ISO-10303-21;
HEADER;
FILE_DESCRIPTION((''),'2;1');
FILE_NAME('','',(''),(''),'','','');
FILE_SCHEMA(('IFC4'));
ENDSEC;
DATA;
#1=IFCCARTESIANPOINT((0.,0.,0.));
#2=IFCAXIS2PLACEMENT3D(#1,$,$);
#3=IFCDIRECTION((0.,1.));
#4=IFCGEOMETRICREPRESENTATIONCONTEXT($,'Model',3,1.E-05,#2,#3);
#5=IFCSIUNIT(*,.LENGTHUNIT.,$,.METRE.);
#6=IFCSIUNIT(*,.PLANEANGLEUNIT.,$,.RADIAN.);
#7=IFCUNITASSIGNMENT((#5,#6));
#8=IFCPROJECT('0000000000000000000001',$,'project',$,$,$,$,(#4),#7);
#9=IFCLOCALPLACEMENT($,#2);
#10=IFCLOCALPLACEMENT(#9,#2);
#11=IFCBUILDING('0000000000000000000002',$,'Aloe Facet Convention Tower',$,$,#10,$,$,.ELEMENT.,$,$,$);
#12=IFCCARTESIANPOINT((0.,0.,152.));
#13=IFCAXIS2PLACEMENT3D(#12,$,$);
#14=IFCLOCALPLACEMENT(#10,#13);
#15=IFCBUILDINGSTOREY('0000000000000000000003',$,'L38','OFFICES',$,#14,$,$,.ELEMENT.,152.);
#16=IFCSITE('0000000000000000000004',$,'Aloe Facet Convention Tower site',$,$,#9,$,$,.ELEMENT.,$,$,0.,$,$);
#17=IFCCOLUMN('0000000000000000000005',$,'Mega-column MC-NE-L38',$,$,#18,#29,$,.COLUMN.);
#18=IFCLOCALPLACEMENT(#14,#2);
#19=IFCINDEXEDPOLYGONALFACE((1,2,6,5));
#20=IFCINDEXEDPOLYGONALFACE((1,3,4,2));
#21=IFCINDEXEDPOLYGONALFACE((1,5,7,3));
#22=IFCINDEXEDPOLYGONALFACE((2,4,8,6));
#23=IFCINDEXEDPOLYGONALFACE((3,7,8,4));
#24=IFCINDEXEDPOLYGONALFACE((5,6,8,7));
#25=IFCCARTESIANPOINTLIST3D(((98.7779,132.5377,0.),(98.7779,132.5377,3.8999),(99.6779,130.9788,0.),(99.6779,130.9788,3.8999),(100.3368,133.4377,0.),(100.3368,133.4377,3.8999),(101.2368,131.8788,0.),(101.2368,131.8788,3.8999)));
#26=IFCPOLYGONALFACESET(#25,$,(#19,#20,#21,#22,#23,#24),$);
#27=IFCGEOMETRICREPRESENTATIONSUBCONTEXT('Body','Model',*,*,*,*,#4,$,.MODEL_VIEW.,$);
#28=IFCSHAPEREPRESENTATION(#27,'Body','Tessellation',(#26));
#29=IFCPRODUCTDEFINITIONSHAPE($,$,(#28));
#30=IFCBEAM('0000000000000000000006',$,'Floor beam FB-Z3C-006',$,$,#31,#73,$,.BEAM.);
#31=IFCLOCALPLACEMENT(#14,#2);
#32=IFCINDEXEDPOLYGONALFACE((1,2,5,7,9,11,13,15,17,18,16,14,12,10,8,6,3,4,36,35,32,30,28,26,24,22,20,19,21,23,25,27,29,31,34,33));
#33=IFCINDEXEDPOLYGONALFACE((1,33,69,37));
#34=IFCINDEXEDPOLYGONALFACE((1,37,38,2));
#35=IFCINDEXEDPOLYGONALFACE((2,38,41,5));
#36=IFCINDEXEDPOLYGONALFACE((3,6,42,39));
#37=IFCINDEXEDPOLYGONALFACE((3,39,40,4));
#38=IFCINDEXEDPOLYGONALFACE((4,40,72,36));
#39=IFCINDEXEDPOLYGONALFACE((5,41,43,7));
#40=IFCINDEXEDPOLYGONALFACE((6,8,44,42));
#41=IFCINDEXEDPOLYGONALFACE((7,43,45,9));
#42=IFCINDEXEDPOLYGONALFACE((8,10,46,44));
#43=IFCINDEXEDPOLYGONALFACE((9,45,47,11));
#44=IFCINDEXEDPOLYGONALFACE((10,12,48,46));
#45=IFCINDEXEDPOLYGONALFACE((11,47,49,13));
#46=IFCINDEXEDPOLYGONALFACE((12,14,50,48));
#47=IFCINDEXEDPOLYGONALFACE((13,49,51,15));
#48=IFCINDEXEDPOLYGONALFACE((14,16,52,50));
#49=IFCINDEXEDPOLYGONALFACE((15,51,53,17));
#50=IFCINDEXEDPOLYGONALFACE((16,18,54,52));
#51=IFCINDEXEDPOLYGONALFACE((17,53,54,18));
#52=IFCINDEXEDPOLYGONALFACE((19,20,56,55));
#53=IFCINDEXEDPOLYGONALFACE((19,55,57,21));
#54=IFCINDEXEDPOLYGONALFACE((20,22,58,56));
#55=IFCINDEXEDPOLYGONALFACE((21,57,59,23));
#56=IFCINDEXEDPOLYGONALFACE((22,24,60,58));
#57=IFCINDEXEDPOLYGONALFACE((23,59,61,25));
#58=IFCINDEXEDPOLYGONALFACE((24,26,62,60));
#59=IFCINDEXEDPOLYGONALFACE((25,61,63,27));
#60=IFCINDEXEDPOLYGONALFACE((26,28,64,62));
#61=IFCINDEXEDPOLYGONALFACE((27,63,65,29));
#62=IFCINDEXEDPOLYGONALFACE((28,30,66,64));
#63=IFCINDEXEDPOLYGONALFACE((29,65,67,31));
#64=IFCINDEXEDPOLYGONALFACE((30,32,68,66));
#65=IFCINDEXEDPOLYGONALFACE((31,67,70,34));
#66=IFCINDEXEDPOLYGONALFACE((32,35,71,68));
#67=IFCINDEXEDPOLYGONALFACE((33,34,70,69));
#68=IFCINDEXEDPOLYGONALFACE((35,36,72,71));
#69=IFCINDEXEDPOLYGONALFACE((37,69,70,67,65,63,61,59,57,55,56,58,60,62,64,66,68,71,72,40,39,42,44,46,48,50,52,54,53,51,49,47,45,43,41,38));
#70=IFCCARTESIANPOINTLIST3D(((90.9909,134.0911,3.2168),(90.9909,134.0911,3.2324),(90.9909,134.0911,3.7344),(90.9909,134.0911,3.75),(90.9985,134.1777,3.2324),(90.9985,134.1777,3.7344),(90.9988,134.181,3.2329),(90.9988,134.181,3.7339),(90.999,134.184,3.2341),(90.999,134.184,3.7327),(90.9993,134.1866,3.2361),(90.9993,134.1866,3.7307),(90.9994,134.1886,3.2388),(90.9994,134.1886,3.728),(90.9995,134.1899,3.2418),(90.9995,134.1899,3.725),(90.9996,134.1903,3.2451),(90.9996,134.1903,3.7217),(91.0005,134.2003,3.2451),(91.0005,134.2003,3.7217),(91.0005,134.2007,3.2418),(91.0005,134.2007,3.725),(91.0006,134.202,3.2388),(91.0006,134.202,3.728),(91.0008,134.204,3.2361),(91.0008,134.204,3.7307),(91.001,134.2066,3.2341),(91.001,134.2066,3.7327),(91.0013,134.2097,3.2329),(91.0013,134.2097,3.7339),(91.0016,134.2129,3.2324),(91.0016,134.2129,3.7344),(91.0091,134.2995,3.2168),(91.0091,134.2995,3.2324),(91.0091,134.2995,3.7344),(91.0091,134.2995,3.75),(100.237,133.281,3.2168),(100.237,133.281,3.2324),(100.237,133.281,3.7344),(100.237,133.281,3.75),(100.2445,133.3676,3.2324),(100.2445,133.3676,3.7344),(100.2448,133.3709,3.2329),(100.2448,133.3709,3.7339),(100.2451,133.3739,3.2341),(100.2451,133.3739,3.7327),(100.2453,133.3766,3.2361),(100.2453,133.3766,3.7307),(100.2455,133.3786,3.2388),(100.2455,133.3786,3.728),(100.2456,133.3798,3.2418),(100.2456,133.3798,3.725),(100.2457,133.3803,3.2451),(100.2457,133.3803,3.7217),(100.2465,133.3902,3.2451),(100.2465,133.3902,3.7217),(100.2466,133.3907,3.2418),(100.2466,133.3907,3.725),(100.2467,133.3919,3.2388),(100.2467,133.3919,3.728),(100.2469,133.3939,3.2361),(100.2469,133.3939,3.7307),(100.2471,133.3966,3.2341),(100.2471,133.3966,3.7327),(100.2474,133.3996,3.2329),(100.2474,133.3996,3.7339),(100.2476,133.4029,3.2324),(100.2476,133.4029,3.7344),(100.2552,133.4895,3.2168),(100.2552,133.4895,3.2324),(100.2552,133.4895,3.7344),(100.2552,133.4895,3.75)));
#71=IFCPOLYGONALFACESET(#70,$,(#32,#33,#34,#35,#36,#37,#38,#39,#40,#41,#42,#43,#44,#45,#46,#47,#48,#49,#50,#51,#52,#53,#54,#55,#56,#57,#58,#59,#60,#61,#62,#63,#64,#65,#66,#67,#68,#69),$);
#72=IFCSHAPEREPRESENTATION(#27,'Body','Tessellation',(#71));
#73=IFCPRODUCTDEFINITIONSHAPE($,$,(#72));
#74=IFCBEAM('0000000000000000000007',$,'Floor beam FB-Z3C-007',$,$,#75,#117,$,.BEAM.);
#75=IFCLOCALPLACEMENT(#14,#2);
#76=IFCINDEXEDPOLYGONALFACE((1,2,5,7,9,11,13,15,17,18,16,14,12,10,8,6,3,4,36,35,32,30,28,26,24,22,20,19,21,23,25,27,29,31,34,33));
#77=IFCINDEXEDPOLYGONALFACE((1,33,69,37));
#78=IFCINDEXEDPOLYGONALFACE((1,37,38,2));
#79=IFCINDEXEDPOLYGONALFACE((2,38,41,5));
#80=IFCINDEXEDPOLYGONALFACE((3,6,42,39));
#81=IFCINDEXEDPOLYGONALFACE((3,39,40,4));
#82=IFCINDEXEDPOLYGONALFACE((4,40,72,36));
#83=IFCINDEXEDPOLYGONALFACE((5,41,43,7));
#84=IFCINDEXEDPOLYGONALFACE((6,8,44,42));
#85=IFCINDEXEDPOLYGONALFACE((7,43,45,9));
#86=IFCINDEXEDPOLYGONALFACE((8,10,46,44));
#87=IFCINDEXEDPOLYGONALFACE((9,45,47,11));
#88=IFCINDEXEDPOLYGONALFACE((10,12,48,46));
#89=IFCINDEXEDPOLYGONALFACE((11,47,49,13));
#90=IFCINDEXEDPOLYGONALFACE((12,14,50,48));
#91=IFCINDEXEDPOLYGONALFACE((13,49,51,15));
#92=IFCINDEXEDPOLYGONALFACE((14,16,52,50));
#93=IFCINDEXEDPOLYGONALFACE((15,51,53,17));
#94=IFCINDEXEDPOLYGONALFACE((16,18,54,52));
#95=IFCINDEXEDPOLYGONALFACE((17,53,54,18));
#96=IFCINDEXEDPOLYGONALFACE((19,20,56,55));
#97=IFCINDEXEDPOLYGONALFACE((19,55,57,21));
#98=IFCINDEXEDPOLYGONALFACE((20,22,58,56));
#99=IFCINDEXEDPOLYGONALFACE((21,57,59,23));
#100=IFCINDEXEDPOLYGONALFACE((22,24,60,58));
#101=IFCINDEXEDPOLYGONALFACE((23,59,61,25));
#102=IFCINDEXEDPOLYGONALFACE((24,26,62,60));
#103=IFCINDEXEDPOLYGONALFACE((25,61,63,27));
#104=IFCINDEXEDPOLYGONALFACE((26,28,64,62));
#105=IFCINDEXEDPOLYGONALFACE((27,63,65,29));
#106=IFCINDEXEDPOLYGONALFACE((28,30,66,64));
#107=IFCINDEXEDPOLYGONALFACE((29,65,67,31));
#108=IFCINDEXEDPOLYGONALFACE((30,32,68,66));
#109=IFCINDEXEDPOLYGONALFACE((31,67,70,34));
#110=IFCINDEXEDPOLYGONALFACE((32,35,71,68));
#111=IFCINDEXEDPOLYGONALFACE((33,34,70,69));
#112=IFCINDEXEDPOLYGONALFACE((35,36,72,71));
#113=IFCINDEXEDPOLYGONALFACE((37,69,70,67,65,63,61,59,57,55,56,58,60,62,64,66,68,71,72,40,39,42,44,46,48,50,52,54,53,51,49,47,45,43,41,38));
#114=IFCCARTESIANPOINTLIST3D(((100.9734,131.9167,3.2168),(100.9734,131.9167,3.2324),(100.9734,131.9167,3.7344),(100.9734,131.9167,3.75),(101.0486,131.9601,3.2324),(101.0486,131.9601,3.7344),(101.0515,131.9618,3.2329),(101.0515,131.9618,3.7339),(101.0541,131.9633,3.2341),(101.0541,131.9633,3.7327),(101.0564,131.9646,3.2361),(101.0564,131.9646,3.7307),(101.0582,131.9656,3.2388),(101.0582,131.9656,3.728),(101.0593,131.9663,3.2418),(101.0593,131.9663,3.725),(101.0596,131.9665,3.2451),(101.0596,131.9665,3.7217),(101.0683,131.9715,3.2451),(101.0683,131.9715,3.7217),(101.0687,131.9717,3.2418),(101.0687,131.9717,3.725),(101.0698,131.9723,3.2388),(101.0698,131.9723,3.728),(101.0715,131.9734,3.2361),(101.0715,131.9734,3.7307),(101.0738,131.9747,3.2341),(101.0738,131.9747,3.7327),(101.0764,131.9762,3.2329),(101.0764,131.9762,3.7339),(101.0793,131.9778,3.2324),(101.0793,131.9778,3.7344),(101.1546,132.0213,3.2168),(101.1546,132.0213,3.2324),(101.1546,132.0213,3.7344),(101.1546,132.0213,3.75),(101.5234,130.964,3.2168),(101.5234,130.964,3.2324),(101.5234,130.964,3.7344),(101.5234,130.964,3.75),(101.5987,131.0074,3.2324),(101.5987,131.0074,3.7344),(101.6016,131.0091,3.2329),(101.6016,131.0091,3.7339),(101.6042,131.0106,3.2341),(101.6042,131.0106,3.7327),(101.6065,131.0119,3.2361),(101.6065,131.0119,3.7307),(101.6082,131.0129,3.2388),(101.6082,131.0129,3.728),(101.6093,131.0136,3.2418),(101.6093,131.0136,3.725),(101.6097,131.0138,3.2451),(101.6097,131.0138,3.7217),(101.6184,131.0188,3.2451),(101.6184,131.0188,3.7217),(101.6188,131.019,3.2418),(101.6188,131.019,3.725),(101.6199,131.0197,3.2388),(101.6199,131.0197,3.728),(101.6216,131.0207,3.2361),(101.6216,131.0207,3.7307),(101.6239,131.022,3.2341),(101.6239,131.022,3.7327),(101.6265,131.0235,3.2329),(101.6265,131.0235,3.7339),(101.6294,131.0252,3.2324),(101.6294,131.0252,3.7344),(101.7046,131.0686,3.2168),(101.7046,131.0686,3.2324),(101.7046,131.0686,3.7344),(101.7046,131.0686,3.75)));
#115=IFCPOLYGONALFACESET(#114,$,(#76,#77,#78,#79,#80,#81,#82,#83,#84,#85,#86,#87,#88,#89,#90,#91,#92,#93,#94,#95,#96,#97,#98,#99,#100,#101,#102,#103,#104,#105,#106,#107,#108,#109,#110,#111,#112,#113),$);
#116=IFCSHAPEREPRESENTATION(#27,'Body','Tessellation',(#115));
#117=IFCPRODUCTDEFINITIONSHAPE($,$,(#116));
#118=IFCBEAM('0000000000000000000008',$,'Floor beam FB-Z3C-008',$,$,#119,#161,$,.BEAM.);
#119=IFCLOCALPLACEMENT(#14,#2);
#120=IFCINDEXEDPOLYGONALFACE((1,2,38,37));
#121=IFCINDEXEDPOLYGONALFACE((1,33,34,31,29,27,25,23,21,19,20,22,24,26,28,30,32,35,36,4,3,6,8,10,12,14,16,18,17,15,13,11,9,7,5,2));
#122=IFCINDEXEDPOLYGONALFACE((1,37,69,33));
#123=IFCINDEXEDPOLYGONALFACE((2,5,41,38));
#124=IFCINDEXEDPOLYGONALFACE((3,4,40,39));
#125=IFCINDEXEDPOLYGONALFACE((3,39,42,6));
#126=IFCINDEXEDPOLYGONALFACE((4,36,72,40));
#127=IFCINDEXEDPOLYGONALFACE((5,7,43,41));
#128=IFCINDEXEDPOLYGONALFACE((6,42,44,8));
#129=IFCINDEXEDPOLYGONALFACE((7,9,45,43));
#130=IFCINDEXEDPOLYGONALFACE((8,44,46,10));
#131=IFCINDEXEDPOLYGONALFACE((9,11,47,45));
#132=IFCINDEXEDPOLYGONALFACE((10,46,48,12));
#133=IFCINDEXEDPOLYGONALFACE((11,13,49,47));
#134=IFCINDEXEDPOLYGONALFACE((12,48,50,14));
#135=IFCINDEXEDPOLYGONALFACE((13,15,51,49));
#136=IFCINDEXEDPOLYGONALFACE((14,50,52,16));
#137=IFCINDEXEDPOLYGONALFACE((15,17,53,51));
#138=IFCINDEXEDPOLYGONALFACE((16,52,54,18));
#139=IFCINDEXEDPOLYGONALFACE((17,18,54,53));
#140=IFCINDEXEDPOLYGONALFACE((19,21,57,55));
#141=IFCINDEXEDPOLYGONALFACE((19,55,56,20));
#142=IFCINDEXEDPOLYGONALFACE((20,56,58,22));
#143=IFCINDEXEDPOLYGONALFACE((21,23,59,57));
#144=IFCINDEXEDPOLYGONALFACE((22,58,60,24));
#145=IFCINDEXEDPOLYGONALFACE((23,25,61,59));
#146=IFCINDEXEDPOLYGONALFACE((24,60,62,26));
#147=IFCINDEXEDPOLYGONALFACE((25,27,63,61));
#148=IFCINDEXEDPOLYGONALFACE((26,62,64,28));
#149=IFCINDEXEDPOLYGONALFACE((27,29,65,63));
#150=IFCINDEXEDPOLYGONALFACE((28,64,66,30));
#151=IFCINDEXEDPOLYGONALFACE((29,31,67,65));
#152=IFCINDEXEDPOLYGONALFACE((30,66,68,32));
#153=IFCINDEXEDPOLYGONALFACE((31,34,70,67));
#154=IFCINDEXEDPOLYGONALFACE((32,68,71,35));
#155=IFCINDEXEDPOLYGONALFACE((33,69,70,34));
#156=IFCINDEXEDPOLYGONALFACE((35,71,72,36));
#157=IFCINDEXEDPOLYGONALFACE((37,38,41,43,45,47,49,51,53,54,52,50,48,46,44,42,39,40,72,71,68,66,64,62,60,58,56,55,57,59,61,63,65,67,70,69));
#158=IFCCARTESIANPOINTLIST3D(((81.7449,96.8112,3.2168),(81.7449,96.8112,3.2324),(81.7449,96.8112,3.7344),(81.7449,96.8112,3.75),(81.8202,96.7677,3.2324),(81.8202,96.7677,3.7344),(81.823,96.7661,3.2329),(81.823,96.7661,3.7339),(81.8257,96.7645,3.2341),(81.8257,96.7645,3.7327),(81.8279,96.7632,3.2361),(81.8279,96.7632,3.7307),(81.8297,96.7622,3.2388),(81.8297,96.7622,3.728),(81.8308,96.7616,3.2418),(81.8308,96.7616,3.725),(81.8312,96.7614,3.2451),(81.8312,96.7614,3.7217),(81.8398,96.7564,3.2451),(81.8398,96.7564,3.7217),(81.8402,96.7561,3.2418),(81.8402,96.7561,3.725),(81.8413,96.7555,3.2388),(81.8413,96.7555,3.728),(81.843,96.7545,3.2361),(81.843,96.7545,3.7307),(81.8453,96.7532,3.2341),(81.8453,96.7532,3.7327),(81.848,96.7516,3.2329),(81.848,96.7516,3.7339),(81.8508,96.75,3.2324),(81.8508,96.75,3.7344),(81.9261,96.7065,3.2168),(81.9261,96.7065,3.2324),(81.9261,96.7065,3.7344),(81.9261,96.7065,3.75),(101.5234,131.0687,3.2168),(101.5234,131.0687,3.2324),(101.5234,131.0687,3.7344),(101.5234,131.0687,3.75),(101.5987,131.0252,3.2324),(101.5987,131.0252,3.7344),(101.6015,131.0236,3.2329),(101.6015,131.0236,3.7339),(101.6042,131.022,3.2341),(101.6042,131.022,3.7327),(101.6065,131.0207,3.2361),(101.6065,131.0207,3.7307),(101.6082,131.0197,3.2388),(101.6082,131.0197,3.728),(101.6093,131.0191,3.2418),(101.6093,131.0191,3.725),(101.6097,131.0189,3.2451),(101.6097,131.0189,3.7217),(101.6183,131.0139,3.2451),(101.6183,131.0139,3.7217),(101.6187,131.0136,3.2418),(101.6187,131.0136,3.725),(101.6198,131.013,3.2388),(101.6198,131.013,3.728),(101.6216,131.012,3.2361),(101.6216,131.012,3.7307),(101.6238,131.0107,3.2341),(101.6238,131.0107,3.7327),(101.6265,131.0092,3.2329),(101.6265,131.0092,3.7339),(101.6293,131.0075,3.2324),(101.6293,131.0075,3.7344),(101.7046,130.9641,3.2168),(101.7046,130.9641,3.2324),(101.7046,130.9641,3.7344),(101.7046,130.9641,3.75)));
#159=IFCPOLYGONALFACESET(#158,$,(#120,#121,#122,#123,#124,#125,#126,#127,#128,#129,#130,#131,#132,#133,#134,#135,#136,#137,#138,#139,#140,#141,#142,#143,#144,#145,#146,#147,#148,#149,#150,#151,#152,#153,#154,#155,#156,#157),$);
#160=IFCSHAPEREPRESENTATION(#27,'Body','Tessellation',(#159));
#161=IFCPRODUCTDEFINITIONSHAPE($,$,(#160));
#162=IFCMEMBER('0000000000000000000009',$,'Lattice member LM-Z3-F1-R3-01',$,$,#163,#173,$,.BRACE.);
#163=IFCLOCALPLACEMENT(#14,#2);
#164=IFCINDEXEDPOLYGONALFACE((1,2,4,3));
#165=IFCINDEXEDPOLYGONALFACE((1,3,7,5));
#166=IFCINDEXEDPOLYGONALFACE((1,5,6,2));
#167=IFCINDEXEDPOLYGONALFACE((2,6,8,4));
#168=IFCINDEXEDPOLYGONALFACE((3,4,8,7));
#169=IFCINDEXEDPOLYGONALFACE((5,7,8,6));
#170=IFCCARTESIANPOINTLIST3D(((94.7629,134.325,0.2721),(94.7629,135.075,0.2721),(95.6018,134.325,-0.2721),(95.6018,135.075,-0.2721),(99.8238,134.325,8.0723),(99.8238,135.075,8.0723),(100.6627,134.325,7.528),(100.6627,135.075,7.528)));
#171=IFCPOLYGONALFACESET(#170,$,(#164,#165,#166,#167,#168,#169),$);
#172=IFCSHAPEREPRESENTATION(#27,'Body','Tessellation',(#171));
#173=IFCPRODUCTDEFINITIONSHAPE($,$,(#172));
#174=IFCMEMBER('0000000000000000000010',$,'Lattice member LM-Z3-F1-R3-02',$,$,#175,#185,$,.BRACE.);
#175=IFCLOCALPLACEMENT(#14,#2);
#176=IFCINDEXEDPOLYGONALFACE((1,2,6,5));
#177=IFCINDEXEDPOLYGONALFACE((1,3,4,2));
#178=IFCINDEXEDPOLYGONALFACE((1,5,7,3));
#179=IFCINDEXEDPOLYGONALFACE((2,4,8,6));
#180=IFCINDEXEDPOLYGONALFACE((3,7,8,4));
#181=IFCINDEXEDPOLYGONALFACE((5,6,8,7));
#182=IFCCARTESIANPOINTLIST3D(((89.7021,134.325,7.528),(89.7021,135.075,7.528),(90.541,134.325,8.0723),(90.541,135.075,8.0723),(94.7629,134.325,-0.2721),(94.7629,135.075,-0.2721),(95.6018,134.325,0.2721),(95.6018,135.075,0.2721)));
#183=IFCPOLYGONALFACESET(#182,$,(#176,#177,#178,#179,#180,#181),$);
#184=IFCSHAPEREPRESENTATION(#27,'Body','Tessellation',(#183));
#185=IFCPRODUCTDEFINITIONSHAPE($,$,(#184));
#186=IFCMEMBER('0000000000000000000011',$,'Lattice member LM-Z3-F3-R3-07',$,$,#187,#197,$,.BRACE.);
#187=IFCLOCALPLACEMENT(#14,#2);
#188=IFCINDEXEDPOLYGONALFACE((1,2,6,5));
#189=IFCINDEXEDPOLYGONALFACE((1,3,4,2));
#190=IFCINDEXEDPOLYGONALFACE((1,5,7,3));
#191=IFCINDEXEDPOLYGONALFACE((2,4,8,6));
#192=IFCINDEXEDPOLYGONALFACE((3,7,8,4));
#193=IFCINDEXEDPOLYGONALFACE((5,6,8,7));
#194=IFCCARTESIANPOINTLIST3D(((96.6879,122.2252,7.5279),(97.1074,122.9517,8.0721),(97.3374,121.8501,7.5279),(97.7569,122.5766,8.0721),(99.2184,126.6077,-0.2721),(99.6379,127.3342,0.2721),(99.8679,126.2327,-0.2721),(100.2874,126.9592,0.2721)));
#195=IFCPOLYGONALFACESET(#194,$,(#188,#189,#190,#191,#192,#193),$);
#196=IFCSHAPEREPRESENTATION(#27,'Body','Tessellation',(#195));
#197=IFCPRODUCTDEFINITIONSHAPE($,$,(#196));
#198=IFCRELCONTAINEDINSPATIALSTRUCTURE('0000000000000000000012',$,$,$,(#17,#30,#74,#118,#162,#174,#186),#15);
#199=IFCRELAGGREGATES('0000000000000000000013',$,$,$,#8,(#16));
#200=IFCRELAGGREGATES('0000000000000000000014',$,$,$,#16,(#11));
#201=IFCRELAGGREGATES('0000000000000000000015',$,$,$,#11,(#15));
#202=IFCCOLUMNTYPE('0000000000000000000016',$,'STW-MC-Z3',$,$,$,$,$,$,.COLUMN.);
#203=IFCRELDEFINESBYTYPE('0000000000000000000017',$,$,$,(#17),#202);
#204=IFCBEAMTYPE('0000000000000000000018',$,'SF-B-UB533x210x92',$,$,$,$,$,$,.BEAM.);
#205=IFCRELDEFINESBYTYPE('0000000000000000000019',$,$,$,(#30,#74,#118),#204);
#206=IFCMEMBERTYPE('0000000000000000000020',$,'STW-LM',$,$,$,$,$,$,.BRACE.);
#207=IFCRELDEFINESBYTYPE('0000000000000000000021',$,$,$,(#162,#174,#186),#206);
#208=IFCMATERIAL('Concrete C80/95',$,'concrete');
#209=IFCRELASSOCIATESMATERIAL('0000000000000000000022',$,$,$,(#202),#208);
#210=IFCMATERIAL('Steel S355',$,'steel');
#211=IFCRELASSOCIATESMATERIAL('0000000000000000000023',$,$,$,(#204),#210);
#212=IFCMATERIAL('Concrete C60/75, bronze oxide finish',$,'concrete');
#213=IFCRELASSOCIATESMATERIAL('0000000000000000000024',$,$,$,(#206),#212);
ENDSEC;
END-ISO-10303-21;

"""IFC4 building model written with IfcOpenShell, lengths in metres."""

from ifc_helpers import new_model, si_unit, direction, frame, origin, origin_2d, place, context, subcontext, project, spatial, rectangle, i_section, extrude, material, material_profile, profile_set, type_object, element, save


model = new_model("IFC4")

# Units and contexts
model_context = context("Model", 3, precision=1e-05, world=origin(), true_north=direction((0.0, 1.0)))
body_context = subcontext(model_context, "Body", "Model", "MODEL_VIEW")
ifc_project = project(units=[si_unit("LENGTHUNIT", "METRE"), si_unit("PLANEANGLEUNIT", "RADIAN")], contexts=[model_context])

# Site, building, storey
site_placement = place(None, origin())
site = spatial("IfcSite", under=ifc_project, at=site_placement, Name="Aloe Facet Convention Tower site", CompositionType="ELEMENT", RefElevation=0.0)
building_placement = place(site_placement, origin())
building = spatial("IfcBuilding", under=site, at=building_placement, Name="Aloe Facet Convention Tower", CompositionType="ELEMENT")
storey_placement = place(building_placement, frame((0.0, 0.0, 152.0)))
storey = spatial("IfcBuildingStorey", under=building, at=storey_placement, Name="L38", Description="OFFICES", CompositionType="ELEMENT", Elevation=152.0)

# Column
ifc_material_1 = material(Name="Concrete C80/95", Category="concrete")
ifc_material_profile_1 = material_profile(ifc_material_1, rectangle(XDim=1.8, YDim=1.8, at=origin_2d()), Name="STW-MC-Z3")
ifc_profile_set_1 = profile_set([ifc_material_profile_1], Name="Concrete C80/95")
column_type = type_object("IfcColumnType", Name="STW-MC-Z3", PredefinedType="COLUMN", material=ifc_profile_set_1)
column_placement = place(storey_placement, frame((100.0073, 132.2083, 0.0), z_axis=(0.0, 0.0, 1.0), x_axis=(-0.5, 0.866025, 0.0)))
element("IfcColumn", 1, at=column_placement, inside=storey, type_object=column_type, Name="Mega-column MC-NE-L38", PredefinedType="COLUMN", context=body_context, shape_type="SweptSolid", body=[
    extrude(rectangle(XDim=1.8, YDim=1.8, at=origin_2d()), origin(), (0.0, 0.0, 1.0), 3.8999),
])

# Beams
ifc_material_2 = material(Name="Steel S355", Category="steel")
ifc_material_profile_2 = material_profile(ifc_material_2, i_section(OverallWidth=0.2092, OverallDepth=0.5332, WebThickness=0.01, FlangeThickness=0.0156, FilletRadius=0.0127, at=origin_2d()), Name="UB 533x210x92")
ifc_profile_set_2 = profile_set([ifc_material_profile_2], Name="Steel S355")
beam_type = type_object("IfcBeamType", Name="SF-B-UB533x210x92", PredefinedType="BEAM", material=ifc_profile_set_2)
beam_1_placement = place(storey_placement, frame((100.2461, 133.3853, 3.4834), z_axis=(-0.996184, 0.087277, 0.0), x_axis=(-0.087277, -0.996184, 0.0)))
element("IfcBeam", 2, at=beam_1_placement, inside=storey, type_object=beam_type, Name="Floor beam FB-Z3C-006", PredefinedType="BEAM", context=body_context, shape_type="SweptSolid", body=[
    extrude(i_section(OverallWidth=0.2092, OverallDepth=0.5332, WebThickness=0.01, FlangeThickness=0.0156, FilletRadius=0.0127, at=origin_2d()), origin(), (0.0, 0.0, 1.0), 9.2815),
])
beam_2_placement = place(storey_placement, frame((101.064, 131.969, 3.4834), z_axis=(0.50003, -0.866008, 0.0), x_axis=(0.866008, 0.50003, 0.0)))
element("IfcBeam", 3, at=beam_2_placement, inside=storey, type_object=beam_type, Name="Floor beam FB-Z3C-007", PredefinedType="BEAM", context=body_context, shape_type="SweptSolid", body=[
    extrude(i_section(OverallWidth=0.2092, OverallDepth=0.5332, WebThickness=0.01, FlangeThickness=0.0156, FilletRadius=0.0127, at=origin_2d()), origin(), (0.0, 0.0, 1.0), 1.1001),
])
beam_3_placement = place(storey_placement, frame((101.614, 131.0164, 3.4834), z_axis=(-0.499999, -0.866026, 0.0), x_axis=(0.866026, -0.499999, 0.0)))
element("IfcBeam", 4, at=beam_3_placement, inside=storey, type_object=beam_type, Name="Floor beam FB-Z3C-008", PredefinedType="BEAM", context=body_context, shape_type="SweptSolid", body=[
    extrude(i_section(OverallWidth=0.2092, OverallDepth=0.5332, WebThickness=0.01, FlangeThickness=0.0156, FilletRadius=0.0127, at=origin_2d()), origin(), (0.0, 0.0, 1.0), 39.5571),
])

# Members
ifc_material_3 = material(Name="Concrete C60/75, bronze oxide finish", Category="concrete")
ifc_material_profile_3 = material_profile(ifc_material_3, rectangle(XDim=0.75, YDim=1.0, at=origin_2d()), Name="STW-LM")
ifc_profile_set_3 = profile_set([ifc_material_profile_3], Name="Concrete C60/75, bronze oxide finish")
member_type = type_object("IfcMemberType", Name="STW-LM", PredefinedType="BRACE", material=ifc_profile_set_3)
for number, where, z_axis, x_axis, name in (
    (5, (95.1824, 134.7, 0.0), (0.54429, 0.0, 0.838897), (0.0, 1.0, 0.0), "Lattice member LM-Z3-F1-R3-01"),
    (6, (95.1824, 134.7, 0.0), (-0.54429, 0.0, 0.838897), (0.0, -1.0, 0.0), "Lattice member LM-Z3-F1-R3-02"),
):
    element("IfcMember", number, at=place(storey_placement, frame(where, z_axis=z_axis, x_axis=x_axis)), inside=storey, type_object=member_type, Name=name, PredefinedType="BRACE", context=body_context, shape_type="SweptSolid", body=[
        extrude(rectangle(XDim=0.75, YDim=1.0, at=origin_2d()), origin(), (0.0, 0.0, 1.0), 9.2981),
    ])
for number, where, z_axis, x_axis, name in (
    (7, (99.7529, 126.7834, 0.0), (-0.27216, -0.47135, 0.838903), (0.866005, -0.500036, 0.0), "Lattice member LM-Z3-F3-R3-07"),
):
    element("IfcMember", number, at=place(storey_placement, frame(where, z_axis=z_axis, x_axis=x_axis)), inside=storey, type_object=member_type, Name=name, PredefinedType="BRACE", context=body_context, shape_type="SweptSolid", body=[
        extrude(rectangle(XDim=0.75, YDim=1.0, at=origin_2d()), origin(), (0.0, 0.0, 1.0), 9.2979),
    ])

save(model, "model.ifc")
